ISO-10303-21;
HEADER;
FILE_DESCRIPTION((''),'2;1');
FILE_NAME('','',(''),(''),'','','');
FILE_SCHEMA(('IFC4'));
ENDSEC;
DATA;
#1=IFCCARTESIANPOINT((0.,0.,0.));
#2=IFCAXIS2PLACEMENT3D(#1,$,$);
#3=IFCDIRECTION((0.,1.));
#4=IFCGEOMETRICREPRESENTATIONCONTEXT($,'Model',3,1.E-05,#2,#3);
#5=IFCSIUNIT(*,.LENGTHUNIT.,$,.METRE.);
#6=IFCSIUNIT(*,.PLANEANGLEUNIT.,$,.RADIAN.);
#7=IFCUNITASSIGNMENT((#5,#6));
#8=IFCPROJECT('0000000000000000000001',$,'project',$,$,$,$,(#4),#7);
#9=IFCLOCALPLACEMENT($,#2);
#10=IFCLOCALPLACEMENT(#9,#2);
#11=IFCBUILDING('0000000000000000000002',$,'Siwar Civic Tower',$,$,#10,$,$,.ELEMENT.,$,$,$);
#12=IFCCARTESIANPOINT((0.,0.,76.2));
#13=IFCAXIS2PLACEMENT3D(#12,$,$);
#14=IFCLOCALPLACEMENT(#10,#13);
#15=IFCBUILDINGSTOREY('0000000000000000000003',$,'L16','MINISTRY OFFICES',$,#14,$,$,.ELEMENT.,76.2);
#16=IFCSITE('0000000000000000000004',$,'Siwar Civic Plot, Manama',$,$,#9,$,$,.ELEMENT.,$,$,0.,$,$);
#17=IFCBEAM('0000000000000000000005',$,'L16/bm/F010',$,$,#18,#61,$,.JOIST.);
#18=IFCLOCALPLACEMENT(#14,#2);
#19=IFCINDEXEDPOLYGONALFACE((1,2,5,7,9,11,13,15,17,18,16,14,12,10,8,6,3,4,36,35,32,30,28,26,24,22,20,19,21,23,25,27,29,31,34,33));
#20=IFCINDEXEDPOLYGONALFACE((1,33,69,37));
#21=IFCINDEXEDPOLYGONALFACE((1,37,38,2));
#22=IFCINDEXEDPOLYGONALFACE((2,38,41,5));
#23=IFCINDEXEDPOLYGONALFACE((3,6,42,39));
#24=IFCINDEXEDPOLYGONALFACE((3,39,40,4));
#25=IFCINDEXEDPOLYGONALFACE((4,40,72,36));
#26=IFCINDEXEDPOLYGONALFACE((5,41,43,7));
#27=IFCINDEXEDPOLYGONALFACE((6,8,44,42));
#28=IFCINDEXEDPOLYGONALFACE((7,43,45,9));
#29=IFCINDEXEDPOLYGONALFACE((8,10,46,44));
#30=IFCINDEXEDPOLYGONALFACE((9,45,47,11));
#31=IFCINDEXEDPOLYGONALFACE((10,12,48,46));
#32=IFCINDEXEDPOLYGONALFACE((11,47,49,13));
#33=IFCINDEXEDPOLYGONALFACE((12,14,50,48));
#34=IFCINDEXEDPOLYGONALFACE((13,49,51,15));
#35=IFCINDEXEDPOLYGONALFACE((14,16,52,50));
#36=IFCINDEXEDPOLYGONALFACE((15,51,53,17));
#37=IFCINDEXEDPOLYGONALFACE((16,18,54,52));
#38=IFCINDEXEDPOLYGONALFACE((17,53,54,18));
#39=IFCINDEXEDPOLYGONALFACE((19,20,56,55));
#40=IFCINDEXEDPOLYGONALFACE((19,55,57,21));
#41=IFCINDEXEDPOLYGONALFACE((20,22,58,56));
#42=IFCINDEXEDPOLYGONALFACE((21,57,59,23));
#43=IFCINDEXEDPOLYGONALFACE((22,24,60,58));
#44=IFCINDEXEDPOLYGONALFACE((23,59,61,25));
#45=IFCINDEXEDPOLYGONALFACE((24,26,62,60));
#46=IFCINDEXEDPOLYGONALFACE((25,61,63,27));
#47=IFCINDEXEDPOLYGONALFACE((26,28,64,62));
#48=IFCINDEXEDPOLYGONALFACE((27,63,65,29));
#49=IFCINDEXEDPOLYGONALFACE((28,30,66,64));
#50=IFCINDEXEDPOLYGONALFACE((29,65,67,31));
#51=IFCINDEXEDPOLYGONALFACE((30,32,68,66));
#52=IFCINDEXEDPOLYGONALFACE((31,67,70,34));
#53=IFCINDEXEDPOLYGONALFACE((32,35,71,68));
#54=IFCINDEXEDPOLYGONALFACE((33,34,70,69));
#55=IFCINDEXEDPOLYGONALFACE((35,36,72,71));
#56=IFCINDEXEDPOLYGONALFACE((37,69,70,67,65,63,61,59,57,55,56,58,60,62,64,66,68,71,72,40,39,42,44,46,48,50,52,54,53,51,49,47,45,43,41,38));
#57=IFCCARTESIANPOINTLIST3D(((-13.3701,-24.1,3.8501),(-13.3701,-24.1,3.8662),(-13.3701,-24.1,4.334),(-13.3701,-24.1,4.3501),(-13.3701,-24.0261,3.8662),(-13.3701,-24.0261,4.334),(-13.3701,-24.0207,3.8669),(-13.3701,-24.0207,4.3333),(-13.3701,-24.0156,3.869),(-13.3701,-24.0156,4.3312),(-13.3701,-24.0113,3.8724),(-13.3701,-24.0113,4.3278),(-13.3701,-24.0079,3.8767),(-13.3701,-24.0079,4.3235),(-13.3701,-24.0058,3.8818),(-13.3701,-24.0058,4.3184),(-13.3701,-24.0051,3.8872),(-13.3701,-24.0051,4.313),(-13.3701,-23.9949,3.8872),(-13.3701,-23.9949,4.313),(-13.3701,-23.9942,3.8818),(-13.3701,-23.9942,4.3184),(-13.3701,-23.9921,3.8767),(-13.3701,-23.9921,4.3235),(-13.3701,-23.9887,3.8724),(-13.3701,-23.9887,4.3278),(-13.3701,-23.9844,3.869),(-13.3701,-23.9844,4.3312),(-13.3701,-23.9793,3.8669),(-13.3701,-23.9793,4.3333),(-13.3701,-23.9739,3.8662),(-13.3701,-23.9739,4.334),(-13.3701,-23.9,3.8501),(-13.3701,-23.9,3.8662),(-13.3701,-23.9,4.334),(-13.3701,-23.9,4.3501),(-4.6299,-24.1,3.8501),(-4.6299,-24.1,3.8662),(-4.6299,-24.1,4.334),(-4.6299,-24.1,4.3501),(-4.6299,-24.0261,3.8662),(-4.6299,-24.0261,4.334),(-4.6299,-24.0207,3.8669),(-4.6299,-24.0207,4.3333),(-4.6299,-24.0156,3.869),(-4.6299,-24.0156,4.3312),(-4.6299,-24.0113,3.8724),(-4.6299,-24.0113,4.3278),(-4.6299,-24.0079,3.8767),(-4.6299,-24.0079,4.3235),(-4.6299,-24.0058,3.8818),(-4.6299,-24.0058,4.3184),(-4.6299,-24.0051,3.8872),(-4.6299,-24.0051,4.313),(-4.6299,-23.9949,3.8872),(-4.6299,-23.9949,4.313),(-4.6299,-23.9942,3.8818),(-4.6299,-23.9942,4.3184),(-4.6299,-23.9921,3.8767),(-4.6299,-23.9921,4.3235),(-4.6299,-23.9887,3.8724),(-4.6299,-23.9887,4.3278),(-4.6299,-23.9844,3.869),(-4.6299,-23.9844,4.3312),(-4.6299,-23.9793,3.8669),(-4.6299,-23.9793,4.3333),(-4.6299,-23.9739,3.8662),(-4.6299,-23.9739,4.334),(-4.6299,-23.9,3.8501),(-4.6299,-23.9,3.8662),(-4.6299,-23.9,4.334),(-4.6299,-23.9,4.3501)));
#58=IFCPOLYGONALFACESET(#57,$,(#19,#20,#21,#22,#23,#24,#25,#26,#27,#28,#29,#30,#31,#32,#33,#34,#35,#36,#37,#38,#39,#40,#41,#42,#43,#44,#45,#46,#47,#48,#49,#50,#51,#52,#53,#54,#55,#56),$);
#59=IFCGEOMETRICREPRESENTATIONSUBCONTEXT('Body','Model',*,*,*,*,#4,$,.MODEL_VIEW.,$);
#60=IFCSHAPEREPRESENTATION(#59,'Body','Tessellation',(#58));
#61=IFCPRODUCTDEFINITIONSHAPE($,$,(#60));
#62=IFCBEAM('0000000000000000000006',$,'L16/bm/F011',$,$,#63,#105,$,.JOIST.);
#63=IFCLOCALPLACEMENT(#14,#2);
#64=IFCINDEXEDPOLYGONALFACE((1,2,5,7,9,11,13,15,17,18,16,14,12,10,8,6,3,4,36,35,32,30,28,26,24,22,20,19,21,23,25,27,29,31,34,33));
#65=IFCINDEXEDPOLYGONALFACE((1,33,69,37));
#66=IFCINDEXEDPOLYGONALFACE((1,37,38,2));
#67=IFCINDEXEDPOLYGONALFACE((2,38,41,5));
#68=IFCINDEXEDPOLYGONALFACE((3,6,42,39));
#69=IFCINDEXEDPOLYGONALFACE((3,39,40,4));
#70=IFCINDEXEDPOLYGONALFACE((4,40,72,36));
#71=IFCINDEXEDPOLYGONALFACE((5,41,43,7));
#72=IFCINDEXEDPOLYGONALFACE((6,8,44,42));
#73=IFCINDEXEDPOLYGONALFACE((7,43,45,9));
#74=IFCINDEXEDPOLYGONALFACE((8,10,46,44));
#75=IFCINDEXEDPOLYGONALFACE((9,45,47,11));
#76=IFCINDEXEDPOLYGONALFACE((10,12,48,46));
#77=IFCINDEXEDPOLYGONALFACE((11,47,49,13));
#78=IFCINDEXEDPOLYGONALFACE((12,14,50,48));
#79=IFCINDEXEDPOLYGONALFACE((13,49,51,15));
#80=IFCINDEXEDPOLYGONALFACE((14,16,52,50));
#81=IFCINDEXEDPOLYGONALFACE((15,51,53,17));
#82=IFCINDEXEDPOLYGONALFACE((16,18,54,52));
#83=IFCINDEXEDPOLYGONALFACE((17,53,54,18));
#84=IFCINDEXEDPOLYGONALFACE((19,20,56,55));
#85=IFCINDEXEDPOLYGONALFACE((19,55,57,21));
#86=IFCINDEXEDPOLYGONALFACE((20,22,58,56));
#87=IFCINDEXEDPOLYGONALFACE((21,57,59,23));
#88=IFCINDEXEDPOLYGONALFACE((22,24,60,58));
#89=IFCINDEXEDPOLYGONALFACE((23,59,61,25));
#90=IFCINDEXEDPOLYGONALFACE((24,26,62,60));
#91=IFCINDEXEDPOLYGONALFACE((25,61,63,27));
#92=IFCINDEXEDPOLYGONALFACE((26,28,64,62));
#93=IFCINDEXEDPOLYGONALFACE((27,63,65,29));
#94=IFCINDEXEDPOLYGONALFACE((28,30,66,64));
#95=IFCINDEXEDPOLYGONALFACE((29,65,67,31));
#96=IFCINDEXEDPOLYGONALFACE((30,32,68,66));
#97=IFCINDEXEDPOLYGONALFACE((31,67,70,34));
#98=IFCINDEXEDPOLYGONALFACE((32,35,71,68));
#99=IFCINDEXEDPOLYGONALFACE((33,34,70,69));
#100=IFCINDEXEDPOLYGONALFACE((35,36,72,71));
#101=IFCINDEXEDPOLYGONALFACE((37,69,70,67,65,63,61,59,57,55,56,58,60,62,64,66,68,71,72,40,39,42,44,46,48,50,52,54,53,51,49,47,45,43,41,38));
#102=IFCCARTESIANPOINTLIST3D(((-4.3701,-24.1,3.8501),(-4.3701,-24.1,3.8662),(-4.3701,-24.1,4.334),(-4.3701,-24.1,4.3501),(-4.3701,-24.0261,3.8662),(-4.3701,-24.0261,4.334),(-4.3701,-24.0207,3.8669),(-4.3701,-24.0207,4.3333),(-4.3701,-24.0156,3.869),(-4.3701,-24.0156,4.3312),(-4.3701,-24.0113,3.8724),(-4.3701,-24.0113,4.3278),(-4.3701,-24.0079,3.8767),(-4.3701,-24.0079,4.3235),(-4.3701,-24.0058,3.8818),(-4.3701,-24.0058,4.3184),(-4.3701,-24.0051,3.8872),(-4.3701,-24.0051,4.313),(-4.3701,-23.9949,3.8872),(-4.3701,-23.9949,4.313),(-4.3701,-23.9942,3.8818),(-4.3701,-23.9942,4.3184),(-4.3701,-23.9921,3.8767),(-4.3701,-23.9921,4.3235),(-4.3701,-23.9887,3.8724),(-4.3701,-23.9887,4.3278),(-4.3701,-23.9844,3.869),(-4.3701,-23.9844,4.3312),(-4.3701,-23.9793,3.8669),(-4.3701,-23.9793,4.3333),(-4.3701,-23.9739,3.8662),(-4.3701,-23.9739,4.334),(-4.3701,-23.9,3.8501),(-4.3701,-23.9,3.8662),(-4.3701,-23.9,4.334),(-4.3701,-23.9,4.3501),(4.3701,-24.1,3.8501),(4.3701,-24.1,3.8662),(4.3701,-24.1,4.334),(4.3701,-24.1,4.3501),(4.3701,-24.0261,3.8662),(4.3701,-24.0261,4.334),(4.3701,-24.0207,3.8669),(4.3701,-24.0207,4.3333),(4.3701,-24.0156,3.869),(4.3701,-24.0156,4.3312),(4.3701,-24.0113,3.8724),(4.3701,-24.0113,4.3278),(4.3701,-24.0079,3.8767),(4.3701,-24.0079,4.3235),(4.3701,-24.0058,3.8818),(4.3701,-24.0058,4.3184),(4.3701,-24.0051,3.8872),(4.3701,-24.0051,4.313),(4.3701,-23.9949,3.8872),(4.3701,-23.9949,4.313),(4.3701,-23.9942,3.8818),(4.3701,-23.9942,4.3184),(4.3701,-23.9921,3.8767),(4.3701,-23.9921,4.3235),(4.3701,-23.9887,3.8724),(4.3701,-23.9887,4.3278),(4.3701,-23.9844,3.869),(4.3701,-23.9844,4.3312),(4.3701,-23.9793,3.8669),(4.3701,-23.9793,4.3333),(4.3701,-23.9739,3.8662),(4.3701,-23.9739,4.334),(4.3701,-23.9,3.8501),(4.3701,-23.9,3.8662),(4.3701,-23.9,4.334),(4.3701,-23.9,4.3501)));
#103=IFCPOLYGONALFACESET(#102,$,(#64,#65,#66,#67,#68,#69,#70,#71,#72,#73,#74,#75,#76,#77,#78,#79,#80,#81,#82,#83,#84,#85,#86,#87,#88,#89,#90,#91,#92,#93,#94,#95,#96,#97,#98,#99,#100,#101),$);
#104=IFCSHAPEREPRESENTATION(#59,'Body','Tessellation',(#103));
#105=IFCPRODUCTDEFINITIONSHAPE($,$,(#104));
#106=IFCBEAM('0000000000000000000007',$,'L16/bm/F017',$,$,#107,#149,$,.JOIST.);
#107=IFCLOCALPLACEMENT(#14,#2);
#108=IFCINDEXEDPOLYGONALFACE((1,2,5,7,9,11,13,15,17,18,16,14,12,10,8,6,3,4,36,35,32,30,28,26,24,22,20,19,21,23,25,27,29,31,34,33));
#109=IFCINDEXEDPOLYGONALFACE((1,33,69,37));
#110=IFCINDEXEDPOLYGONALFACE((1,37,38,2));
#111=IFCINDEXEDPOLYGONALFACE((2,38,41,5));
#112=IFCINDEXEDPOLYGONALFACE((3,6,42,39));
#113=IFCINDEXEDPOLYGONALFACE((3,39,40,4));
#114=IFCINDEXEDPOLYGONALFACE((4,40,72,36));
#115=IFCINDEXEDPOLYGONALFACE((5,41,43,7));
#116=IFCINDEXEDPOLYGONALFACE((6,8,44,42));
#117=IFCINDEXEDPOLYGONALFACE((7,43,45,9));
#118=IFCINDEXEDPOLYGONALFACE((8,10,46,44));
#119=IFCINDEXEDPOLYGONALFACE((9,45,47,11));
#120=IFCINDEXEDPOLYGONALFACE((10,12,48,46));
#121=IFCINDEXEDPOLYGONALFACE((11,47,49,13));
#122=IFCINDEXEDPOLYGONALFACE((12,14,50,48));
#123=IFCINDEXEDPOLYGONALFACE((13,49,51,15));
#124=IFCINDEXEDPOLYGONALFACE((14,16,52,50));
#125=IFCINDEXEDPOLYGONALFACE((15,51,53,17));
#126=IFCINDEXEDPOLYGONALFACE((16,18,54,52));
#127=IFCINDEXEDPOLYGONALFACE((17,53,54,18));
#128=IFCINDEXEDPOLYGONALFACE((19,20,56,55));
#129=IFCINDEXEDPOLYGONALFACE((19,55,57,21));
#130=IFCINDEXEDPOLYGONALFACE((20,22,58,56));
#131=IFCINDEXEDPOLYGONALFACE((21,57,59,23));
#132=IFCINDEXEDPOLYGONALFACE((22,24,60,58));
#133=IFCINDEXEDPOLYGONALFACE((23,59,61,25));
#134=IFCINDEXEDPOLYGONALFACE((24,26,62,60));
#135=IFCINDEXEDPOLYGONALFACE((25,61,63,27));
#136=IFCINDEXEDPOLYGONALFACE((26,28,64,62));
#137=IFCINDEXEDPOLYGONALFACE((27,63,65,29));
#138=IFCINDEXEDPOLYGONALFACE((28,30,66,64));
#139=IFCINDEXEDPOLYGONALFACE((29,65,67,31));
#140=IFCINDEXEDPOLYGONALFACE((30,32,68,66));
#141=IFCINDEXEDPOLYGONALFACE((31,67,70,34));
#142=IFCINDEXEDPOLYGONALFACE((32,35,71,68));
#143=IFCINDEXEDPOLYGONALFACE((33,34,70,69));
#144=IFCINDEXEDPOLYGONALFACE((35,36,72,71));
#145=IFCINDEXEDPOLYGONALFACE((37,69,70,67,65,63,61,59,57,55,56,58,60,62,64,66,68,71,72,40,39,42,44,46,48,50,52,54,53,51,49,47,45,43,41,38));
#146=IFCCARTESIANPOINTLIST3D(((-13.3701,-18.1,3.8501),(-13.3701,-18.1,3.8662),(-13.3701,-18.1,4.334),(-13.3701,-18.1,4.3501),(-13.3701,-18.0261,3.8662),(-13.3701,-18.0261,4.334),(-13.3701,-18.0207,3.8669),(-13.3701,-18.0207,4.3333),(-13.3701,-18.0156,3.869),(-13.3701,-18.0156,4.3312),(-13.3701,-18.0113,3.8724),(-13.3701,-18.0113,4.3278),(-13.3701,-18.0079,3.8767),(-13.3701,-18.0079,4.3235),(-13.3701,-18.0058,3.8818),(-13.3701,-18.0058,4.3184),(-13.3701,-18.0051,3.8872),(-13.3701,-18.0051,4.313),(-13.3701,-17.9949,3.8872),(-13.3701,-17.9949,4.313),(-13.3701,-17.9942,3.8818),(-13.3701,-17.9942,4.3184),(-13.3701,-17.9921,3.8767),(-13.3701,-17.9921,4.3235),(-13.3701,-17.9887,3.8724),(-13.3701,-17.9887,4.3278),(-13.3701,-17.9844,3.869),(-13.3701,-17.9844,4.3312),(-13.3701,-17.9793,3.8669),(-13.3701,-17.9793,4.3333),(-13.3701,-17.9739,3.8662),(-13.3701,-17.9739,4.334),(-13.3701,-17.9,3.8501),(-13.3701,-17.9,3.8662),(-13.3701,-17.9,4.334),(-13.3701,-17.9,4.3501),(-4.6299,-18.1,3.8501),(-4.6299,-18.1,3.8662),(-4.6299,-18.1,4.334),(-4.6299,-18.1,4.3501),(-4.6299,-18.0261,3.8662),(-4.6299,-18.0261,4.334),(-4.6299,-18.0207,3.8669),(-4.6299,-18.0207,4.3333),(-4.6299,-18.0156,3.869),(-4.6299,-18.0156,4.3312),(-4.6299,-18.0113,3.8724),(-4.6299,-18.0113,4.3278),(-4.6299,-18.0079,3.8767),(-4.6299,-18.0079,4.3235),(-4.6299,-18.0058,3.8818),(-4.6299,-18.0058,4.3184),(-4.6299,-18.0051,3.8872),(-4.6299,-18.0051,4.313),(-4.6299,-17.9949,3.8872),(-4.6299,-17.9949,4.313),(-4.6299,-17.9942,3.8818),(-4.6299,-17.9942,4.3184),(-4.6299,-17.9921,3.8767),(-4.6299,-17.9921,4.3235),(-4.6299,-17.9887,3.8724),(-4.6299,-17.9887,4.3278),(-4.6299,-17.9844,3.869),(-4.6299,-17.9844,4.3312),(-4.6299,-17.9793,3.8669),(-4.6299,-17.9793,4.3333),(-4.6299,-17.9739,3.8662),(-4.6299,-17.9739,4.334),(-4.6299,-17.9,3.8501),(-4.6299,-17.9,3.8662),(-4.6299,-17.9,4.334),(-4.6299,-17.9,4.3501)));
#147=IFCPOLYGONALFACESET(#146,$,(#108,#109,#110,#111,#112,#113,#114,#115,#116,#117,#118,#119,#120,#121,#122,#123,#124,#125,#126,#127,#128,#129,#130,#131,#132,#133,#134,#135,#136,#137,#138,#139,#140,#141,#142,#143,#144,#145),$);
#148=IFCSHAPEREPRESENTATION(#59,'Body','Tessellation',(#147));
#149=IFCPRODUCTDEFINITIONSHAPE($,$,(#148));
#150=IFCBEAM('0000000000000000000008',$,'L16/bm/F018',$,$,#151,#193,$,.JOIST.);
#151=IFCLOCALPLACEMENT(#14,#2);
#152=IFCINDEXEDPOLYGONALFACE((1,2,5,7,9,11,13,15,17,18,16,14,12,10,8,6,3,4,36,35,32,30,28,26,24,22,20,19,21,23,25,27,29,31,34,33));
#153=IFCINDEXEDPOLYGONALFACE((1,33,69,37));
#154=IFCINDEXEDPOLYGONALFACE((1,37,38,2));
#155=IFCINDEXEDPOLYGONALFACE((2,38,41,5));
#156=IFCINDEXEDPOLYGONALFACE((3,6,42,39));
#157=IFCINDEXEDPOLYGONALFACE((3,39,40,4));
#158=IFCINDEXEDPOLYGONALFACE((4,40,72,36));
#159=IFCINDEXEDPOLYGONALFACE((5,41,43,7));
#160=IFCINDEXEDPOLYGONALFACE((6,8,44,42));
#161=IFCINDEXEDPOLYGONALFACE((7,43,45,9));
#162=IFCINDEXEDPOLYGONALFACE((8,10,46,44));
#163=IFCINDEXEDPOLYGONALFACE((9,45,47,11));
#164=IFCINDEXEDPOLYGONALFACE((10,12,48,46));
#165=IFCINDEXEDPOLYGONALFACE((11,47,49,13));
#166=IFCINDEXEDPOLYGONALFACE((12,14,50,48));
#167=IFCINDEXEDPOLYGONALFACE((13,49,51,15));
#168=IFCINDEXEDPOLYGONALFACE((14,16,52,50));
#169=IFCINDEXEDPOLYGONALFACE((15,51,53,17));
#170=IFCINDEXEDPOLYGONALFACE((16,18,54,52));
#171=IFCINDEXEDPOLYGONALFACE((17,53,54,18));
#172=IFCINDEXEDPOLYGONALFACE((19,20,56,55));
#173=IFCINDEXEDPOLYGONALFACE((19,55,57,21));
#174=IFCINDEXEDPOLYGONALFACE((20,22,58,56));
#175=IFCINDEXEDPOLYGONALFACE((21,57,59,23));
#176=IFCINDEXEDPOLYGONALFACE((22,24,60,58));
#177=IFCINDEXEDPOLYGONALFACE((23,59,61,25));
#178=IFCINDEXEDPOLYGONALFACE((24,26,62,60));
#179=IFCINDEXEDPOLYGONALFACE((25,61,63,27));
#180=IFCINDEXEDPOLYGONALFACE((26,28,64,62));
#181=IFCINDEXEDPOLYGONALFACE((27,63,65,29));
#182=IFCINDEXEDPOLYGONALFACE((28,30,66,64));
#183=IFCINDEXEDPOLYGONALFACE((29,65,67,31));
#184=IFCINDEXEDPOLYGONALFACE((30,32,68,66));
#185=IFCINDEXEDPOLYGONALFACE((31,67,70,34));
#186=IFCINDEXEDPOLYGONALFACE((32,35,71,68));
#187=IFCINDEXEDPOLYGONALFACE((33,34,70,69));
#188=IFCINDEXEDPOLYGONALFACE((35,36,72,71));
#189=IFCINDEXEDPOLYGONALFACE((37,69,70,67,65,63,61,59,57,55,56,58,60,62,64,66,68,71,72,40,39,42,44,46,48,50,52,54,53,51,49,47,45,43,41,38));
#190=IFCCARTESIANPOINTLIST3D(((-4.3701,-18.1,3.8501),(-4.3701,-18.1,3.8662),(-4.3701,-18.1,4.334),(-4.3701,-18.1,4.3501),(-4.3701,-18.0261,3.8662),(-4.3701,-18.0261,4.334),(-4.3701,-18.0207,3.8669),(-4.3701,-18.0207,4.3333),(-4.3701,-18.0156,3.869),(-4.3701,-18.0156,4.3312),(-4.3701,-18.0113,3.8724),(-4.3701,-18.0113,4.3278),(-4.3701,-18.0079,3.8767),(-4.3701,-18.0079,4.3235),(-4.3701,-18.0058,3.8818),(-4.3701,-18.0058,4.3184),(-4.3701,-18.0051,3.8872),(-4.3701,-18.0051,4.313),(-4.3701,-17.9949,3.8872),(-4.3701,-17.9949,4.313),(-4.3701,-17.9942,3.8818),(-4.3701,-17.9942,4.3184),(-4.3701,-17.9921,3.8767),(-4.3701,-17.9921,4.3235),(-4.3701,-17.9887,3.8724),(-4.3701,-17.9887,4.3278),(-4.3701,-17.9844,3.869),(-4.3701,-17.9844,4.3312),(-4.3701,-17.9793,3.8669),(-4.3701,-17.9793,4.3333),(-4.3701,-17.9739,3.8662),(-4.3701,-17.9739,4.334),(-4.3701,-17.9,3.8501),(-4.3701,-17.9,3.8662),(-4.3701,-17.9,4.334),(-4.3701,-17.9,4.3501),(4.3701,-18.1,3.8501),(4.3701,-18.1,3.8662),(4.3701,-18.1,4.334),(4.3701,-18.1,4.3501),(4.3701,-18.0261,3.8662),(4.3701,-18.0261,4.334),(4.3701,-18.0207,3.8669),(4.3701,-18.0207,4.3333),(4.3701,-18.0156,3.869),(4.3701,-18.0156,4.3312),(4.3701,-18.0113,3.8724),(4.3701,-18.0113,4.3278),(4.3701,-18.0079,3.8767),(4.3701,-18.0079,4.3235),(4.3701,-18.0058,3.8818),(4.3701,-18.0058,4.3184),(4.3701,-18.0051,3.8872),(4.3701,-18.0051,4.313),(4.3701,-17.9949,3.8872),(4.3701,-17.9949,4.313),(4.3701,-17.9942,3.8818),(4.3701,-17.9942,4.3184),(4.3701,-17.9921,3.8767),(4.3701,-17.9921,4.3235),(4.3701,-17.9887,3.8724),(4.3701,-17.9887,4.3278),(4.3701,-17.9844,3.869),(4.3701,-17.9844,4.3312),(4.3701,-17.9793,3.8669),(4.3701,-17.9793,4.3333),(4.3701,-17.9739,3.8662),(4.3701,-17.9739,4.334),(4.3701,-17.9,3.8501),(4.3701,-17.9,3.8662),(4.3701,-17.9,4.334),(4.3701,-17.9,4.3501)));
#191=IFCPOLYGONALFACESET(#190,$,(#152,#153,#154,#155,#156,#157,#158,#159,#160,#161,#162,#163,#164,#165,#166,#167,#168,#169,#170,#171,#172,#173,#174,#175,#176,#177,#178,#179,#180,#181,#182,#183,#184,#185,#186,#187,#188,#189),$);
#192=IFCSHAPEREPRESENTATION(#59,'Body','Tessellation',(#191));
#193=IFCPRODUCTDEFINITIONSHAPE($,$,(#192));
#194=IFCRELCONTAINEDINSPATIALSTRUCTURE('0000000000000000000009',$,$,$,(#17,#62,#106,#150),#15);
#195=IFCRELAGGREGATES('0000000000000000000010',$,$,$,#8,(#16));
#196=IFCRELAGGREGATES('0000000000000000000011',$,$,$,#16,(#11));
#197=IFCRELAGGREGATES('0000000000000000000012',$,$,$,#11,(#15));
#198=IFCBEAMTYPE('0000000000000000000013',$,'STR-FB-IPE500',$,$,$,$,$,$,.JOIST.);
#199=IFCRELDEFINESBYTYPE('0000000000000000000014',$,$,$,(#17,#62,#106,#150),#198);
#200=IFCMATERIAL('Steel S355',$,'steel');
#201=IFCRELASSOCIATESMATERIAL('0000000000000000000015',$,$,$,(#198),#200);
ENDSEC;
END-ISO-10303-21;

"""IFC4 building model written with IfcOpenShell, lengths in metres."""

from ifc_helpers import new_model, si_unit, direction, frame, origin, origin_2d, place, context, subcontext, project, spatial, i_section, extrude, material, material_profile, profile_set, type_object, element, save


model = new_model("IFC4")

# Units and contexts
model_context = context("Model", 3, precision=1e-05, world=origin(), true_north=direction((0.0, 1.0)))
body_context = subcontext(model_context, "Body", "Model", "MODEL_VIEW")
ifc_project = project(units=[si_unit("LENGTHUNIT", "METRE"), si_unit("PLANEANGLEUNIT", "RADIAN")], contexts=[model_context])

# Site, building, storey
site_placement = place(None, origin())
site = spatial("IfcSite", under=ifc_project, at=site_placement, Name="Siwar Civic Plot, Manama", CompositionType="ELEMENT", RefElevation=0.0)
building_placement = place(site_placement, origin())
building = spatial("IfcBuilding", under=site, at=building_placement, Name="Siwar Civic Tower", CompositionType="ELEMENT")
storey_placement = place(building_placement, frame((0.0, 0.0, 76.2)))
storey = spatial("IfcBuildingStorey", under=building, at=storey_placement, Name="L16", Description="MINISTRY OFFICES", CompositionType="ELEMENT", Elevation=76.2)

# Beams
ifc_material_1 = material(Name="Steel S355", Category="steel")
ifc_material_profile_1 = material_profile(ifc_material_1, i_section(OverallWidth=0.2, OverallDepth=0.5, WebThickness=0.0103, FlangeThickness=0.0161, FilletRadius=0.021, at=origin_2d()), Name="IPE500")
ifc_profile_set_1 = profile_set([ifc_material_profile_1], Name="Steel S355")
beam_type_1 = type_object("IfcBeamType", Name="STR-FB-IPE500", PredefinedType="JOIST", material=ifc_profile_set_1)
for number, where, z_axis, x_axis, name in (
    (1, (-13.3701, -24.0, 4.1001), (1.0, 0.0, 0.0), (0.0, 1.0, 0.0), "L16/bm/F010"),
    (2, (-4.3701, -24.0, 4.1001), (1.0, 0.0, 0.0), (0.0, 1.0, 0.0), "L16/bm/F011"),
    (3, (-13.3701, -18.0, 4.1001), (1.0, 0.0, 0.0), (0.0, 1.0, 0.0), "L16/bm/F017"),
    (4, (-4.3701, -18.0, 4.1001), (1.0, 0.0, 0.0), (0.0, 1.0, 0.0), "L16/bm/F018"),
):
    element("IfcBeam", number, at=place(storey_placement, frame(where, z_axis=z_axis, x_axis=x_axis)), inside=storey, type_object=beam_type_1, Name=name, PredefinedType="JOIST", context=body_context, shape_type="SweptSolid", body=[
        extrude(i_section(OverallWidth=0.2, OverallDepth=0.5, WebThickness=0.0103, FlangeThickness=0.0161, FilletRadius=0.021, at=origin_2d()), origin(), (0.0, 0.0, 1.0), 8.7402),
    ])

save(model, "model.ifc")
